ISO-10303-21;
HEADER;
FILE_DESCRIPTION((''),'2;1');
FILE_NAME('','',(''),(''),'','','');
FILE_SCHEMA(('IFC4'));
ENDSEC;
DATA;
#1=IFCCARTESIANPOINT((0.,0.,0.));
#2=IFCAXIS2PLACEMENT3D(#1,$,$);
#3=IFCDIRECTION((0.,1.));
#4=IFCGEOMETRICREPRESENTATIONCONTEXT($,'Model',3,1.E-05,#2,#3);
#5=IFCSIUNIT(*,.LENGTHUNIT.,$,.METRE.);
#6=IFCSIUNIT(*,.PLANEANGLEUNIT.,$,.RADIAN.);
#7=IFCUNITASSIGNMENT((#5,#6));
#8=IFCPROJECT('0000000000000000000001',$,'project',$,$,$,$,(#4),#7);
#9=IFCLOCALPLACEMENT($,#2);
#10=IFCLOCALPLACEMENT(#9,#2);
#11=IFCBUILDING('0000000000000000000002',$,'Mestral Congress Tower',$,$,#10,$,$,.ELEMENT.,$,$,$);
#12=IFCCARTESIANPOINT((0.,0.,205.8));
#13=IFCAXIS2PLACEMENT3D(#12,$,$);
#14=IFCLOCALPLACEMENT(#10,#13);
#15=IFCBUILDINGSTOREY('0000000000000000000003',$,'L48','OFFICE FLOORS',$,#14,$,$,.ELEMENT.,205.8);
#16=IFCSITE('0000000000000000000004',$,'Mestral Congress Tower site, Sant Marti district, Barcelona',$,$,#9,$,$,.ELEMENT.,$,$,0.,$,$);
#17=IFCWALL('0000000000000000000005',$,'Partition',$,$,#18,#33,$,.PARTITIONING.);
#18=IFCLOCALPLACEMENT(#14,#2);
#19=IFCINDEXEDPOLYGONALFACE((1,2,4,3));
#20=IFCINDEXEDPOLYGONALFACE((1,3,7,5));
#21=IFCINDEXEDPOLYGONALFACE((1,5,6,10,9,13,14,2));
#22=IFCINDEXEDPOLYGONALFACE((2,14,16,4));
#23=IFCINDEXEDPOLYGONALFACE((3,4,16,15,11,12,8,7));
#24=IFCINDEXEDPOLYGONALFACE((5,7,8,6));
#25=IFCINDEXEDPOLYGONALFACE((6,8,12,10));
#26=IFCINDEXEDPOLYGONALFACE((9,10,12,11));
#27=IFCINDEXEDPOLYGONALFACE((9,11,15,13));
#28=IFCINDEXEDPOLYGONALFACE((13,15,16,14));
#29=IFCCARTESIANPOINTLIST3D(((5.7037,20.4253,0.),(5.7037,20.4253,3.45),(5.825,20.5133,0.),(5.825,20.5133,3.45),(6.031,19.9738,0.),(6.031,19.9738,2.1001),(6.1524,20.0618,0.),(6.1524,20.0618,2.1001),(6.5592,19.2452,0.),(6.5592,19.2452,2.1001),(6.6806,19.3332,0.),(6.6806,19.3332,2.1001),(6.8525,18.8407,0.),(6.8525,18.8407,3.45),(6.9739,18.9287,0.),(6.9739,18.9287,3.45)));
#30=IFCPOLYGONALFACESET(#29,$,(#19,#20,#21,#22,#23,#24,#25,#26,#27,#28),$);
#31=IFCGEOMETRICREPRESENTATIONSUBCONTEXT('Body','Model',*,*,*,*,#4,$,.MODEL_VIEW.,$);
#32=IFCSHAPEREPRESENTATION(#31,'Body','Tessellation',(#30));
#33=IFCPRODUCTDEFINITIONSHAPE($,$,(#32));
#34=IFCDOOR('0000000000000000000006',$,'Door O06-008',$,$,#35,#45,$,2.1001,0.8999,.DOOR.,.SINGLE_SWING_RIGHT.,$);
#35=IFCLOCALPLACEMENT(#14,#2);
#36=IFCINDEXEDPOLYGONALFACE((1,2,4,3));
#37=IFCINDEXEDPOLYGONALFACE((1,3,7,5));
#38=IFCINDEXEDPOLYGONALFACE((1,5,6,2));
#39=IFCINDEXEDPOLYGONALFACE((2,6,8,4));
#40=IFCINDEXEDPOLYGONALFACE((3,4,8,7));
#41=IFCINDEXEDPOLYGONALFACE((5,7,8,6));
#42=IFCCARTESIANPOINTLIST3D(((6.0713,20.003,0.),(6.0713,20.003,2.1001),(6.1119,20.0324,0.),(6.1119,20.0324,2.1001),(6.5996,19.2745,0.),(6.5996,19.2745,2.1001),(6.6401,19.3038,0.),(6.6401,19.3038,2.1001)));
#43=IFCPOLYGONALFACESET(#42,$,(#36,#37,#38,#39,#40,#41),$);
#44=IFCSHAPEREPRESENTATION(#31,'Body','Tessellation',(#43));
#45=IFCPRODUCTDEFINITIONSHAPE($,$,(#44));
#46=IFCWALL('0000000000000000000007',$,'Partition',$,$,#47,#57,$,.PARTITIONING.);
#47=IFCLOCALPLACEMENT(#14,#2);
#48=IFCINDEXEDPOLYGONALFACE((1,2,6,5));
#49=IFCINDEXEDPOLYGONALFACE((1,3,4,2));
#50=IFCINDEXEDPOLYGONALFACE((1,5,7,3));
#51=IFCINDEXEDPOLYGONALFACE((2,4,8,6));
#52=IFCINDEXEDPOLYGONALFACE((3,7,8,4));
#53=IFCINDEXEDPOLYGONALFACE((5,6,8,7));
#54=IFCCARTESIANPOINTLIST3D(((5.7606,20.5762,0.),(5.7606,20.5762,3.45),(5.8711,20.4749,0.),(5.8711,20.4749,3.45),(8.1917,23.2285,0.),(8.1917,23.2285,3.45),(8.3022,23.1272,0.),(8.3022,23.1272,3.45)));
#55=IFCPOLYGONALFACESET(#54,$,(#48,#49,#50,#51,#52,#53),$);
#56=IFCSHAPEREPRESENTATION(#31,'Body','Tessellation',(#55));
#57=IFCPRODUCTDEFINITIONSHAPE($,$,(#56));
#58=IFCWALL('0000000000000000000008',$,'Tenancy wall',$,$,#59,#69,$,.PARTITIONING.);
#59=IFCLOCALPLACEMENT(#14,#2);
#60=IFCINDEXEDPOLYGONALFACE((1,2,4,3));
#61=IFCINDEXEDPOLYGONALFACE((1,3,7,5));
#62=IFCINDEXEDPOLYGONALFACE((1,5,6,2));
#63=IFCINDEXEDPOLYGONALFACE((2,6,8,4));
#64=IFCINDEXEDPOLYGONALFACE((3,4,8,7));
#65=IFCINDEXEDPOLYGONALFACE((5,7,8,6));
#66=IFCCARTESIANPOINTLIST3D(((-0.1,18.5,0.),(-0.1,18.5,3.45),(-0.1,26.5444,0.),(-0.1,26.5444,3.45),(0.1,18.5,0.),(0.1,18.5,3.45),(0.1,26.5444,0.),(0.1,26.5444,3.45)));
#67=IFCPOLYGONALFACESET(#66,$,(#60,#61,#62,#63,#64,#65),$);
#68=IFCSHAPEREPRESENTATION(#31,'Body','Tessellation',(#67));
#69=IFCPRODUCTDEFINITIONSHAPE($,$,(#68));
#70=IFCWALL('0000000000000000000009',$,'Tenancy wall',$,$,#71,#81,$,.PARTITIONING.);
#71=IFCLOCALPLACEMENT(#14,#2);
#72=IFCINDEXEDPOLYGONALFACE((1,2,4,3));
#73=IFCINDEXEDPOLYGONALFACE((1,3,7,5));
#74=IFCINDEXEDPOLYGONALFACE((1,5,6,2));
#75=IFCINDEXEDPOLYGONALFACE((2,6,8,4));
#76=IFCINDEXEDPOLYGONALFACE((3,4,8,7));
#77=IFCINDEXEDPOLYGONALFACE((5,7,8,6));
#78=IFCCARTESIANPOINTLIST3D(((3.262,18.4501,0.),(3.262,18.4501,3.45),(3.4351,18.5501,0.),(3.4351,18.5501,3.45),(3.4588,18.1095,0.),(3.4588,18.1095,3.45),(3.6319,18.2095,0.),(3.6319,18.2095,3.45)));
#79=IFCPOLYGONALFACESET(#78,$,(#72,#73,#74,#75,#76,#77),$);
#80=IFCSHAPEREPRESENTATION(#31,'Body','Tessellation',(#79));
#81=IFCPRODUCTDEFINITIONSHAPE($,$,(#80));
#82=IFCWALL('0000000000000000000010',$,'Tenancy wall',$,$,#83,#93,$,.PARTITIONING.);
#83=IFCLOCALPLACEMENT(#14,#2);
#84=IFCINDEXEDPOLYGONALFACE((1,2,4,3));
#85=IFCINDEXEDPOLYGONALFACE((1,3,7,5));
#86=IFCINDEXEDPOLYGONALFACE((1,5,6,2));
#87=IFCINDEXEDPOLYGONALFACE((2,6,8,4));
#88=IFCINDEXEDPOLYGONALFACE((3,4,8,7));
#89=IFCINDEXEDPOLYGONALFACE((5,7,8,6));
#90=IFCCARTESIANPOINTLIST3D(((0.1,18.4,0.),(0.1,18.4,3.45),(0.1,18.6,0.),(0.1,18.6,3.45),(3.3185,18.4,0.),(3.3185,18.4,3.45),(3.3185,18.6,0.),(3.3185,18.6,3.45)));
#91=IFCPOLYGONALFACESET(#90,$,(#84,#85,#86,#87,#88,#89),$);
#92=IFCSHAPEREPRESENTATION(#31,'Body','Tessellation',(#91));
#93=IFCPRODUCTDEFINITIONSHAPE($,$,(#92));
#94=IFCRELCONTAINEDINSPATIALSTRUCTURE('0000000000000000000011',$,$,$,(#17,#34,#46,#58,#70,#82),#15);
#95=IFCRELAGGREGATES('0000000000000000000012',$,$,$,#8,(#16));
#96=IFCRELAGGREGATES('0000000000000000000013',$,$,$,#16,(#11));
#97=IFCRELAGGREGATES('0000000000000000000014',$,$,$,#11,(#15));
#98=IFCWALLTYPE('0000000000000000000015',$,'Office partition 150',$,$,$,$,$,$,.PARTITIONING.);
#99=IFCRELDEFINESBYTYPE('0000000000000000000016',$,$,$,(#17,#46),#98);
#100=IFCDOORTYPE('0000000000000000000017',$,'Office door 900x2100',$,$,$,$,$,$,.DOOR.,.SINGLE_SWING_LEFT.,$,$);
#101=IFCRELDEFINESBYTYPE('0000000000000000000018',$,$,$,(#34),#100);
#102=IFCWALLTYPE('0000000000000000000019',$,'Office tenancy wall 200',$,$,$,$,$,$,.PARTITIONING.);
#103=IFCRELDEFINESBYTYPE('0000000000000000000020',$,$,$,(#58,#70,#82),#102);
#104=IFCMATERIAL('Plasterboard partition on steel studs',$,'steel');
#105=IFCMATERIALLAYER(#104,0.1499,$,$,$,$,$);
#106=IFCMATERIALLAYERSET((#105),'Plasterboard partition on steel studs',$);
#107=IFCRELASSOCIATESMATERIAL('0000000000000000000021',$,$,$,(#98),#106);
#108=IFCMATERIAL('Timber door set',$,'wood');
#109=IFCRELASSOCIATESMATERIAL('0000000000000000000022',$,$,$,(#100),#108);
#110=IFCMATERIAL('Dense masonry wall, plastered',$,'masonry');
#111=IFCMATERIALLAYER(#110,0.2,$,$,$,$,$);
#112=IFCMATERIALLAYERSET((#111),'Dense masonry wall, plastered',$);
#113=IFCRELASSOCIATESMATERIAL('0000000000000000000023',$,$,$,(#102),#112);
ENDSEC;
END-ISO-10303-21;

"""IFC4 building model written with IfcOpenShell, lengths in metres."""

from ifc_helpers import new_model, si_unit, direction, frame, frame_2d, origin, place, context, subcontext, project, spatial, rectangle, extrude, material, layer, layer_set, type_object, element, fill, save


model = new_model("IFC4")

# Units and contexts
model_context = context("Model", 3, precision=1e-05, world=origin(), true_north=direction((0.0, 1.0)))
body_context = subcontext(model_context, "Body", "Model", "MODEL_VIEW")
ifc_project = project(units=[si_unit("LENGTHUNIT", "METRE"), si_unit("PLANEANGLEUNIT", "RADIAN")], contexts=[model_context])

# Site, building, storey
site_placement = place(None, origin())
site = spatial("IfcSite", under=ifc_project, at=site_placement, Name="Mestral Congress Tower site, Sant Marti district, Barcelona", CompositionType="ELEMENT", RefElevation=0.0)
building_placement = place(site_placement, origin())
building = spatial("IfcBuilding", under=site, at=building_placement, Name="Mestral Congress Tower", CompositionType="ELEMENT")
storey_placement = place(building_placement, frame((0.0, 0.0, 205.8)))
storey = spatial("IfcBuildingStorey", under=building, at=storey_placement, Name="L48", Description="OFFICE FLOORS", CompositionType="ELEMENT", Elevation=205.8)

# Shared definitions
ifc_material_1 = material(Name="Plasterboard partition on steel studs", Category="steel")
ifc_layer_1 = layer(ifc_material_1, 0.1499)
ifc_layer_set_1 = layer_set([ifc_layer_1], Name="Plasterboard partition on steel studs")
wall_type_1 = type_object("IfcWallType", Name="Office partition 150", PredefinedType="PARTITIONING", material=ifc_layer_set_1)

# Shared definitions
ifc_material_2 = material(Name="Timber door set", Category="wood")
door_type = type_object("IfcDoorType", Name="Office door 900x2100", OperationType="SINGLE_SWING_LEFT", PredefinedType="DOOR", material=ifc_material_2)

# Wall, opening, door
wall_1_placement = place(storey_placement, frame((5.7644, 20.4692, 0.0), z_axis=(0.0, 0.0, 1.0), x_axis=(0.58697, -0.809609, 0.0)))
wall_1 = element("IfcWall", 1, at=wall_1_placement, inside=storey, type_object=wall_type_1, Name="Partition", PredefinedType="PARTITIONING", context=body_context, shape_type="SweptSolid", body=[
    extrude(rectangle(XDim=1.9573, YDim=0.1499, at=frame_2d((0.9785, 0.0))), origin(), (0.0, 0.0, 1.0), 3.45),
])
opening_1_placement = place(wall_1_placement, frame((0.5576, 0.0, 0.0)))
opening_1 = element("IfcOpeningElement", 2, at=opening_1_placement, cuts=wall_1, PredefinedType="OPENING", context=body_context, shape_type="SweptSolid", body=[
    extrude(rectangle(XDim=0.8999, YDim=2.1001, at=frame_2d((0.45, 1.05))), frame((0.0, 0.085, 0.0), z_axis=(0.0, -1.0, 0.0), x_axis=(1.0, 0.0, 0.0)), (0.0, 0.0, 1.0), 0.1699),
])
door_1_placement = place(opening_1_placement, origin())
door_1 = element("IfcDoor", 3, at=door_1_placement, inside=storey, type_object=door_type, Name="Door O06-008", OperationType="SINGLE_SWING_RIGHT", OverallHeight=2.1001, OverallWidth=0.8999, PredefinedType="DOOR", context=body_context, shape_type="SweptSolid", body=[
    extrude(rectangle(XDim=0.8999, YDim=2.1001, at=frame_2d((0.45, 1.05))), frame((0.0, 0.0249, 0.0), z_axis=(0.0, -1.0, 0.0), x_axis=(1.0, 0.0, 0.0)), (0.0, 0.0, 1.0), 0.05),
])
fill(opening_1, door_1)

# Walls
wall_2_placement = place(storey_placement, frame((5.8159, 20.5256, 0.0), z_axis=(0.0, 0.0, 1.0), x_axis=(0.6757, 0.737177, 0.0)))
element("IfcWall", 4, at=wall_2_placement, inside=storey, type_object=wall_type_1, Name="Partition", PredefinedType="PARTITIONING", context=body_context, shape_type="SweptSolid", body=[
    extrude(rectangle(XDim=3.5979, YDim=0.1499, at=frame_2d((1.7988, 0.0))), origin(), (0.0, 0.0, 1.0), 3.45),
])
ifc_material_3 = material(Name="Dense masonry wall, plastered", Category="masonry")
ifc_layer_2 = layer(ifc_material_3, 0.2)
ifc_layer_set_2 = layer_set([ifc_layer_2], Name="Dense masonry wall, plastered")
wall_type_2 = type_object("IfcWallType", Name="Office tenancy wall 200", PredefinedType="PARTITIONING", material=ifc_layer_set_2)
wall_3_placement = place(storey_placement, frame((0.0, 18.5, 0.0), z_axis=(0.0, 0.0, 1.0), x_axis=(0.0, 1.0, 0.0)))
element("IfcWall", 5, at=wall_3_placement, inside=storey, type_object=wall_type_2, Name="Tenancy wall", PredefinedType="PARTITIONING", context=body_context, shape_type="SweptSolid", body=[
    extrude(rectangle(XDim=8.0444, YDim=0.2, at=frame_2d((4.0222, 0.0))), origin(), (0.0, 0.0, 1.0), 3.45),
])
wall_4_placement = place(storey_placement, frame((3.5454, 18.1594, 0.0), z_axis=(0.0, 0.0, 1.0), x_axis=(-0.500278, 0.865865, 0.0)))
element("IfcWall", 6, at=wall_4_placement, inside=storey, type_object=wall_type_2, Name="Tenancy wall", PredefinedType="PARTITIONING", context=body_context, shape_type="SweptSolid", body=[
    extrude(rectangle(XDim=0.3933, YDim=0.2, at=frame_2d((0.1968, 0.0))), origin(), (0.0, 0.0, 1.0), 3.45),
])
wall_5_placement = place(storey_placement, frame((3.3186, 18.5, 0.0), z_axis=(0.0, 0.0, 1.0), x_axis=(-1.0, 0.0, 0.0)))
element("IfcWall", 7, at=wall_5_placement, inside=storey, type_object=wall_type_2, Name="Tenancy wall", PredefinedType="PARTITIONING", context=body_context, shape_type="SweptSolid", body=[
    extrude(rectangle(XDim=3.2185, YDim=0.2, at=frame_2d((1.6094, 0.0))), origin(), (0.0, 0.0, 1.0), 3.45),
])

save(model, "model.ifc")
